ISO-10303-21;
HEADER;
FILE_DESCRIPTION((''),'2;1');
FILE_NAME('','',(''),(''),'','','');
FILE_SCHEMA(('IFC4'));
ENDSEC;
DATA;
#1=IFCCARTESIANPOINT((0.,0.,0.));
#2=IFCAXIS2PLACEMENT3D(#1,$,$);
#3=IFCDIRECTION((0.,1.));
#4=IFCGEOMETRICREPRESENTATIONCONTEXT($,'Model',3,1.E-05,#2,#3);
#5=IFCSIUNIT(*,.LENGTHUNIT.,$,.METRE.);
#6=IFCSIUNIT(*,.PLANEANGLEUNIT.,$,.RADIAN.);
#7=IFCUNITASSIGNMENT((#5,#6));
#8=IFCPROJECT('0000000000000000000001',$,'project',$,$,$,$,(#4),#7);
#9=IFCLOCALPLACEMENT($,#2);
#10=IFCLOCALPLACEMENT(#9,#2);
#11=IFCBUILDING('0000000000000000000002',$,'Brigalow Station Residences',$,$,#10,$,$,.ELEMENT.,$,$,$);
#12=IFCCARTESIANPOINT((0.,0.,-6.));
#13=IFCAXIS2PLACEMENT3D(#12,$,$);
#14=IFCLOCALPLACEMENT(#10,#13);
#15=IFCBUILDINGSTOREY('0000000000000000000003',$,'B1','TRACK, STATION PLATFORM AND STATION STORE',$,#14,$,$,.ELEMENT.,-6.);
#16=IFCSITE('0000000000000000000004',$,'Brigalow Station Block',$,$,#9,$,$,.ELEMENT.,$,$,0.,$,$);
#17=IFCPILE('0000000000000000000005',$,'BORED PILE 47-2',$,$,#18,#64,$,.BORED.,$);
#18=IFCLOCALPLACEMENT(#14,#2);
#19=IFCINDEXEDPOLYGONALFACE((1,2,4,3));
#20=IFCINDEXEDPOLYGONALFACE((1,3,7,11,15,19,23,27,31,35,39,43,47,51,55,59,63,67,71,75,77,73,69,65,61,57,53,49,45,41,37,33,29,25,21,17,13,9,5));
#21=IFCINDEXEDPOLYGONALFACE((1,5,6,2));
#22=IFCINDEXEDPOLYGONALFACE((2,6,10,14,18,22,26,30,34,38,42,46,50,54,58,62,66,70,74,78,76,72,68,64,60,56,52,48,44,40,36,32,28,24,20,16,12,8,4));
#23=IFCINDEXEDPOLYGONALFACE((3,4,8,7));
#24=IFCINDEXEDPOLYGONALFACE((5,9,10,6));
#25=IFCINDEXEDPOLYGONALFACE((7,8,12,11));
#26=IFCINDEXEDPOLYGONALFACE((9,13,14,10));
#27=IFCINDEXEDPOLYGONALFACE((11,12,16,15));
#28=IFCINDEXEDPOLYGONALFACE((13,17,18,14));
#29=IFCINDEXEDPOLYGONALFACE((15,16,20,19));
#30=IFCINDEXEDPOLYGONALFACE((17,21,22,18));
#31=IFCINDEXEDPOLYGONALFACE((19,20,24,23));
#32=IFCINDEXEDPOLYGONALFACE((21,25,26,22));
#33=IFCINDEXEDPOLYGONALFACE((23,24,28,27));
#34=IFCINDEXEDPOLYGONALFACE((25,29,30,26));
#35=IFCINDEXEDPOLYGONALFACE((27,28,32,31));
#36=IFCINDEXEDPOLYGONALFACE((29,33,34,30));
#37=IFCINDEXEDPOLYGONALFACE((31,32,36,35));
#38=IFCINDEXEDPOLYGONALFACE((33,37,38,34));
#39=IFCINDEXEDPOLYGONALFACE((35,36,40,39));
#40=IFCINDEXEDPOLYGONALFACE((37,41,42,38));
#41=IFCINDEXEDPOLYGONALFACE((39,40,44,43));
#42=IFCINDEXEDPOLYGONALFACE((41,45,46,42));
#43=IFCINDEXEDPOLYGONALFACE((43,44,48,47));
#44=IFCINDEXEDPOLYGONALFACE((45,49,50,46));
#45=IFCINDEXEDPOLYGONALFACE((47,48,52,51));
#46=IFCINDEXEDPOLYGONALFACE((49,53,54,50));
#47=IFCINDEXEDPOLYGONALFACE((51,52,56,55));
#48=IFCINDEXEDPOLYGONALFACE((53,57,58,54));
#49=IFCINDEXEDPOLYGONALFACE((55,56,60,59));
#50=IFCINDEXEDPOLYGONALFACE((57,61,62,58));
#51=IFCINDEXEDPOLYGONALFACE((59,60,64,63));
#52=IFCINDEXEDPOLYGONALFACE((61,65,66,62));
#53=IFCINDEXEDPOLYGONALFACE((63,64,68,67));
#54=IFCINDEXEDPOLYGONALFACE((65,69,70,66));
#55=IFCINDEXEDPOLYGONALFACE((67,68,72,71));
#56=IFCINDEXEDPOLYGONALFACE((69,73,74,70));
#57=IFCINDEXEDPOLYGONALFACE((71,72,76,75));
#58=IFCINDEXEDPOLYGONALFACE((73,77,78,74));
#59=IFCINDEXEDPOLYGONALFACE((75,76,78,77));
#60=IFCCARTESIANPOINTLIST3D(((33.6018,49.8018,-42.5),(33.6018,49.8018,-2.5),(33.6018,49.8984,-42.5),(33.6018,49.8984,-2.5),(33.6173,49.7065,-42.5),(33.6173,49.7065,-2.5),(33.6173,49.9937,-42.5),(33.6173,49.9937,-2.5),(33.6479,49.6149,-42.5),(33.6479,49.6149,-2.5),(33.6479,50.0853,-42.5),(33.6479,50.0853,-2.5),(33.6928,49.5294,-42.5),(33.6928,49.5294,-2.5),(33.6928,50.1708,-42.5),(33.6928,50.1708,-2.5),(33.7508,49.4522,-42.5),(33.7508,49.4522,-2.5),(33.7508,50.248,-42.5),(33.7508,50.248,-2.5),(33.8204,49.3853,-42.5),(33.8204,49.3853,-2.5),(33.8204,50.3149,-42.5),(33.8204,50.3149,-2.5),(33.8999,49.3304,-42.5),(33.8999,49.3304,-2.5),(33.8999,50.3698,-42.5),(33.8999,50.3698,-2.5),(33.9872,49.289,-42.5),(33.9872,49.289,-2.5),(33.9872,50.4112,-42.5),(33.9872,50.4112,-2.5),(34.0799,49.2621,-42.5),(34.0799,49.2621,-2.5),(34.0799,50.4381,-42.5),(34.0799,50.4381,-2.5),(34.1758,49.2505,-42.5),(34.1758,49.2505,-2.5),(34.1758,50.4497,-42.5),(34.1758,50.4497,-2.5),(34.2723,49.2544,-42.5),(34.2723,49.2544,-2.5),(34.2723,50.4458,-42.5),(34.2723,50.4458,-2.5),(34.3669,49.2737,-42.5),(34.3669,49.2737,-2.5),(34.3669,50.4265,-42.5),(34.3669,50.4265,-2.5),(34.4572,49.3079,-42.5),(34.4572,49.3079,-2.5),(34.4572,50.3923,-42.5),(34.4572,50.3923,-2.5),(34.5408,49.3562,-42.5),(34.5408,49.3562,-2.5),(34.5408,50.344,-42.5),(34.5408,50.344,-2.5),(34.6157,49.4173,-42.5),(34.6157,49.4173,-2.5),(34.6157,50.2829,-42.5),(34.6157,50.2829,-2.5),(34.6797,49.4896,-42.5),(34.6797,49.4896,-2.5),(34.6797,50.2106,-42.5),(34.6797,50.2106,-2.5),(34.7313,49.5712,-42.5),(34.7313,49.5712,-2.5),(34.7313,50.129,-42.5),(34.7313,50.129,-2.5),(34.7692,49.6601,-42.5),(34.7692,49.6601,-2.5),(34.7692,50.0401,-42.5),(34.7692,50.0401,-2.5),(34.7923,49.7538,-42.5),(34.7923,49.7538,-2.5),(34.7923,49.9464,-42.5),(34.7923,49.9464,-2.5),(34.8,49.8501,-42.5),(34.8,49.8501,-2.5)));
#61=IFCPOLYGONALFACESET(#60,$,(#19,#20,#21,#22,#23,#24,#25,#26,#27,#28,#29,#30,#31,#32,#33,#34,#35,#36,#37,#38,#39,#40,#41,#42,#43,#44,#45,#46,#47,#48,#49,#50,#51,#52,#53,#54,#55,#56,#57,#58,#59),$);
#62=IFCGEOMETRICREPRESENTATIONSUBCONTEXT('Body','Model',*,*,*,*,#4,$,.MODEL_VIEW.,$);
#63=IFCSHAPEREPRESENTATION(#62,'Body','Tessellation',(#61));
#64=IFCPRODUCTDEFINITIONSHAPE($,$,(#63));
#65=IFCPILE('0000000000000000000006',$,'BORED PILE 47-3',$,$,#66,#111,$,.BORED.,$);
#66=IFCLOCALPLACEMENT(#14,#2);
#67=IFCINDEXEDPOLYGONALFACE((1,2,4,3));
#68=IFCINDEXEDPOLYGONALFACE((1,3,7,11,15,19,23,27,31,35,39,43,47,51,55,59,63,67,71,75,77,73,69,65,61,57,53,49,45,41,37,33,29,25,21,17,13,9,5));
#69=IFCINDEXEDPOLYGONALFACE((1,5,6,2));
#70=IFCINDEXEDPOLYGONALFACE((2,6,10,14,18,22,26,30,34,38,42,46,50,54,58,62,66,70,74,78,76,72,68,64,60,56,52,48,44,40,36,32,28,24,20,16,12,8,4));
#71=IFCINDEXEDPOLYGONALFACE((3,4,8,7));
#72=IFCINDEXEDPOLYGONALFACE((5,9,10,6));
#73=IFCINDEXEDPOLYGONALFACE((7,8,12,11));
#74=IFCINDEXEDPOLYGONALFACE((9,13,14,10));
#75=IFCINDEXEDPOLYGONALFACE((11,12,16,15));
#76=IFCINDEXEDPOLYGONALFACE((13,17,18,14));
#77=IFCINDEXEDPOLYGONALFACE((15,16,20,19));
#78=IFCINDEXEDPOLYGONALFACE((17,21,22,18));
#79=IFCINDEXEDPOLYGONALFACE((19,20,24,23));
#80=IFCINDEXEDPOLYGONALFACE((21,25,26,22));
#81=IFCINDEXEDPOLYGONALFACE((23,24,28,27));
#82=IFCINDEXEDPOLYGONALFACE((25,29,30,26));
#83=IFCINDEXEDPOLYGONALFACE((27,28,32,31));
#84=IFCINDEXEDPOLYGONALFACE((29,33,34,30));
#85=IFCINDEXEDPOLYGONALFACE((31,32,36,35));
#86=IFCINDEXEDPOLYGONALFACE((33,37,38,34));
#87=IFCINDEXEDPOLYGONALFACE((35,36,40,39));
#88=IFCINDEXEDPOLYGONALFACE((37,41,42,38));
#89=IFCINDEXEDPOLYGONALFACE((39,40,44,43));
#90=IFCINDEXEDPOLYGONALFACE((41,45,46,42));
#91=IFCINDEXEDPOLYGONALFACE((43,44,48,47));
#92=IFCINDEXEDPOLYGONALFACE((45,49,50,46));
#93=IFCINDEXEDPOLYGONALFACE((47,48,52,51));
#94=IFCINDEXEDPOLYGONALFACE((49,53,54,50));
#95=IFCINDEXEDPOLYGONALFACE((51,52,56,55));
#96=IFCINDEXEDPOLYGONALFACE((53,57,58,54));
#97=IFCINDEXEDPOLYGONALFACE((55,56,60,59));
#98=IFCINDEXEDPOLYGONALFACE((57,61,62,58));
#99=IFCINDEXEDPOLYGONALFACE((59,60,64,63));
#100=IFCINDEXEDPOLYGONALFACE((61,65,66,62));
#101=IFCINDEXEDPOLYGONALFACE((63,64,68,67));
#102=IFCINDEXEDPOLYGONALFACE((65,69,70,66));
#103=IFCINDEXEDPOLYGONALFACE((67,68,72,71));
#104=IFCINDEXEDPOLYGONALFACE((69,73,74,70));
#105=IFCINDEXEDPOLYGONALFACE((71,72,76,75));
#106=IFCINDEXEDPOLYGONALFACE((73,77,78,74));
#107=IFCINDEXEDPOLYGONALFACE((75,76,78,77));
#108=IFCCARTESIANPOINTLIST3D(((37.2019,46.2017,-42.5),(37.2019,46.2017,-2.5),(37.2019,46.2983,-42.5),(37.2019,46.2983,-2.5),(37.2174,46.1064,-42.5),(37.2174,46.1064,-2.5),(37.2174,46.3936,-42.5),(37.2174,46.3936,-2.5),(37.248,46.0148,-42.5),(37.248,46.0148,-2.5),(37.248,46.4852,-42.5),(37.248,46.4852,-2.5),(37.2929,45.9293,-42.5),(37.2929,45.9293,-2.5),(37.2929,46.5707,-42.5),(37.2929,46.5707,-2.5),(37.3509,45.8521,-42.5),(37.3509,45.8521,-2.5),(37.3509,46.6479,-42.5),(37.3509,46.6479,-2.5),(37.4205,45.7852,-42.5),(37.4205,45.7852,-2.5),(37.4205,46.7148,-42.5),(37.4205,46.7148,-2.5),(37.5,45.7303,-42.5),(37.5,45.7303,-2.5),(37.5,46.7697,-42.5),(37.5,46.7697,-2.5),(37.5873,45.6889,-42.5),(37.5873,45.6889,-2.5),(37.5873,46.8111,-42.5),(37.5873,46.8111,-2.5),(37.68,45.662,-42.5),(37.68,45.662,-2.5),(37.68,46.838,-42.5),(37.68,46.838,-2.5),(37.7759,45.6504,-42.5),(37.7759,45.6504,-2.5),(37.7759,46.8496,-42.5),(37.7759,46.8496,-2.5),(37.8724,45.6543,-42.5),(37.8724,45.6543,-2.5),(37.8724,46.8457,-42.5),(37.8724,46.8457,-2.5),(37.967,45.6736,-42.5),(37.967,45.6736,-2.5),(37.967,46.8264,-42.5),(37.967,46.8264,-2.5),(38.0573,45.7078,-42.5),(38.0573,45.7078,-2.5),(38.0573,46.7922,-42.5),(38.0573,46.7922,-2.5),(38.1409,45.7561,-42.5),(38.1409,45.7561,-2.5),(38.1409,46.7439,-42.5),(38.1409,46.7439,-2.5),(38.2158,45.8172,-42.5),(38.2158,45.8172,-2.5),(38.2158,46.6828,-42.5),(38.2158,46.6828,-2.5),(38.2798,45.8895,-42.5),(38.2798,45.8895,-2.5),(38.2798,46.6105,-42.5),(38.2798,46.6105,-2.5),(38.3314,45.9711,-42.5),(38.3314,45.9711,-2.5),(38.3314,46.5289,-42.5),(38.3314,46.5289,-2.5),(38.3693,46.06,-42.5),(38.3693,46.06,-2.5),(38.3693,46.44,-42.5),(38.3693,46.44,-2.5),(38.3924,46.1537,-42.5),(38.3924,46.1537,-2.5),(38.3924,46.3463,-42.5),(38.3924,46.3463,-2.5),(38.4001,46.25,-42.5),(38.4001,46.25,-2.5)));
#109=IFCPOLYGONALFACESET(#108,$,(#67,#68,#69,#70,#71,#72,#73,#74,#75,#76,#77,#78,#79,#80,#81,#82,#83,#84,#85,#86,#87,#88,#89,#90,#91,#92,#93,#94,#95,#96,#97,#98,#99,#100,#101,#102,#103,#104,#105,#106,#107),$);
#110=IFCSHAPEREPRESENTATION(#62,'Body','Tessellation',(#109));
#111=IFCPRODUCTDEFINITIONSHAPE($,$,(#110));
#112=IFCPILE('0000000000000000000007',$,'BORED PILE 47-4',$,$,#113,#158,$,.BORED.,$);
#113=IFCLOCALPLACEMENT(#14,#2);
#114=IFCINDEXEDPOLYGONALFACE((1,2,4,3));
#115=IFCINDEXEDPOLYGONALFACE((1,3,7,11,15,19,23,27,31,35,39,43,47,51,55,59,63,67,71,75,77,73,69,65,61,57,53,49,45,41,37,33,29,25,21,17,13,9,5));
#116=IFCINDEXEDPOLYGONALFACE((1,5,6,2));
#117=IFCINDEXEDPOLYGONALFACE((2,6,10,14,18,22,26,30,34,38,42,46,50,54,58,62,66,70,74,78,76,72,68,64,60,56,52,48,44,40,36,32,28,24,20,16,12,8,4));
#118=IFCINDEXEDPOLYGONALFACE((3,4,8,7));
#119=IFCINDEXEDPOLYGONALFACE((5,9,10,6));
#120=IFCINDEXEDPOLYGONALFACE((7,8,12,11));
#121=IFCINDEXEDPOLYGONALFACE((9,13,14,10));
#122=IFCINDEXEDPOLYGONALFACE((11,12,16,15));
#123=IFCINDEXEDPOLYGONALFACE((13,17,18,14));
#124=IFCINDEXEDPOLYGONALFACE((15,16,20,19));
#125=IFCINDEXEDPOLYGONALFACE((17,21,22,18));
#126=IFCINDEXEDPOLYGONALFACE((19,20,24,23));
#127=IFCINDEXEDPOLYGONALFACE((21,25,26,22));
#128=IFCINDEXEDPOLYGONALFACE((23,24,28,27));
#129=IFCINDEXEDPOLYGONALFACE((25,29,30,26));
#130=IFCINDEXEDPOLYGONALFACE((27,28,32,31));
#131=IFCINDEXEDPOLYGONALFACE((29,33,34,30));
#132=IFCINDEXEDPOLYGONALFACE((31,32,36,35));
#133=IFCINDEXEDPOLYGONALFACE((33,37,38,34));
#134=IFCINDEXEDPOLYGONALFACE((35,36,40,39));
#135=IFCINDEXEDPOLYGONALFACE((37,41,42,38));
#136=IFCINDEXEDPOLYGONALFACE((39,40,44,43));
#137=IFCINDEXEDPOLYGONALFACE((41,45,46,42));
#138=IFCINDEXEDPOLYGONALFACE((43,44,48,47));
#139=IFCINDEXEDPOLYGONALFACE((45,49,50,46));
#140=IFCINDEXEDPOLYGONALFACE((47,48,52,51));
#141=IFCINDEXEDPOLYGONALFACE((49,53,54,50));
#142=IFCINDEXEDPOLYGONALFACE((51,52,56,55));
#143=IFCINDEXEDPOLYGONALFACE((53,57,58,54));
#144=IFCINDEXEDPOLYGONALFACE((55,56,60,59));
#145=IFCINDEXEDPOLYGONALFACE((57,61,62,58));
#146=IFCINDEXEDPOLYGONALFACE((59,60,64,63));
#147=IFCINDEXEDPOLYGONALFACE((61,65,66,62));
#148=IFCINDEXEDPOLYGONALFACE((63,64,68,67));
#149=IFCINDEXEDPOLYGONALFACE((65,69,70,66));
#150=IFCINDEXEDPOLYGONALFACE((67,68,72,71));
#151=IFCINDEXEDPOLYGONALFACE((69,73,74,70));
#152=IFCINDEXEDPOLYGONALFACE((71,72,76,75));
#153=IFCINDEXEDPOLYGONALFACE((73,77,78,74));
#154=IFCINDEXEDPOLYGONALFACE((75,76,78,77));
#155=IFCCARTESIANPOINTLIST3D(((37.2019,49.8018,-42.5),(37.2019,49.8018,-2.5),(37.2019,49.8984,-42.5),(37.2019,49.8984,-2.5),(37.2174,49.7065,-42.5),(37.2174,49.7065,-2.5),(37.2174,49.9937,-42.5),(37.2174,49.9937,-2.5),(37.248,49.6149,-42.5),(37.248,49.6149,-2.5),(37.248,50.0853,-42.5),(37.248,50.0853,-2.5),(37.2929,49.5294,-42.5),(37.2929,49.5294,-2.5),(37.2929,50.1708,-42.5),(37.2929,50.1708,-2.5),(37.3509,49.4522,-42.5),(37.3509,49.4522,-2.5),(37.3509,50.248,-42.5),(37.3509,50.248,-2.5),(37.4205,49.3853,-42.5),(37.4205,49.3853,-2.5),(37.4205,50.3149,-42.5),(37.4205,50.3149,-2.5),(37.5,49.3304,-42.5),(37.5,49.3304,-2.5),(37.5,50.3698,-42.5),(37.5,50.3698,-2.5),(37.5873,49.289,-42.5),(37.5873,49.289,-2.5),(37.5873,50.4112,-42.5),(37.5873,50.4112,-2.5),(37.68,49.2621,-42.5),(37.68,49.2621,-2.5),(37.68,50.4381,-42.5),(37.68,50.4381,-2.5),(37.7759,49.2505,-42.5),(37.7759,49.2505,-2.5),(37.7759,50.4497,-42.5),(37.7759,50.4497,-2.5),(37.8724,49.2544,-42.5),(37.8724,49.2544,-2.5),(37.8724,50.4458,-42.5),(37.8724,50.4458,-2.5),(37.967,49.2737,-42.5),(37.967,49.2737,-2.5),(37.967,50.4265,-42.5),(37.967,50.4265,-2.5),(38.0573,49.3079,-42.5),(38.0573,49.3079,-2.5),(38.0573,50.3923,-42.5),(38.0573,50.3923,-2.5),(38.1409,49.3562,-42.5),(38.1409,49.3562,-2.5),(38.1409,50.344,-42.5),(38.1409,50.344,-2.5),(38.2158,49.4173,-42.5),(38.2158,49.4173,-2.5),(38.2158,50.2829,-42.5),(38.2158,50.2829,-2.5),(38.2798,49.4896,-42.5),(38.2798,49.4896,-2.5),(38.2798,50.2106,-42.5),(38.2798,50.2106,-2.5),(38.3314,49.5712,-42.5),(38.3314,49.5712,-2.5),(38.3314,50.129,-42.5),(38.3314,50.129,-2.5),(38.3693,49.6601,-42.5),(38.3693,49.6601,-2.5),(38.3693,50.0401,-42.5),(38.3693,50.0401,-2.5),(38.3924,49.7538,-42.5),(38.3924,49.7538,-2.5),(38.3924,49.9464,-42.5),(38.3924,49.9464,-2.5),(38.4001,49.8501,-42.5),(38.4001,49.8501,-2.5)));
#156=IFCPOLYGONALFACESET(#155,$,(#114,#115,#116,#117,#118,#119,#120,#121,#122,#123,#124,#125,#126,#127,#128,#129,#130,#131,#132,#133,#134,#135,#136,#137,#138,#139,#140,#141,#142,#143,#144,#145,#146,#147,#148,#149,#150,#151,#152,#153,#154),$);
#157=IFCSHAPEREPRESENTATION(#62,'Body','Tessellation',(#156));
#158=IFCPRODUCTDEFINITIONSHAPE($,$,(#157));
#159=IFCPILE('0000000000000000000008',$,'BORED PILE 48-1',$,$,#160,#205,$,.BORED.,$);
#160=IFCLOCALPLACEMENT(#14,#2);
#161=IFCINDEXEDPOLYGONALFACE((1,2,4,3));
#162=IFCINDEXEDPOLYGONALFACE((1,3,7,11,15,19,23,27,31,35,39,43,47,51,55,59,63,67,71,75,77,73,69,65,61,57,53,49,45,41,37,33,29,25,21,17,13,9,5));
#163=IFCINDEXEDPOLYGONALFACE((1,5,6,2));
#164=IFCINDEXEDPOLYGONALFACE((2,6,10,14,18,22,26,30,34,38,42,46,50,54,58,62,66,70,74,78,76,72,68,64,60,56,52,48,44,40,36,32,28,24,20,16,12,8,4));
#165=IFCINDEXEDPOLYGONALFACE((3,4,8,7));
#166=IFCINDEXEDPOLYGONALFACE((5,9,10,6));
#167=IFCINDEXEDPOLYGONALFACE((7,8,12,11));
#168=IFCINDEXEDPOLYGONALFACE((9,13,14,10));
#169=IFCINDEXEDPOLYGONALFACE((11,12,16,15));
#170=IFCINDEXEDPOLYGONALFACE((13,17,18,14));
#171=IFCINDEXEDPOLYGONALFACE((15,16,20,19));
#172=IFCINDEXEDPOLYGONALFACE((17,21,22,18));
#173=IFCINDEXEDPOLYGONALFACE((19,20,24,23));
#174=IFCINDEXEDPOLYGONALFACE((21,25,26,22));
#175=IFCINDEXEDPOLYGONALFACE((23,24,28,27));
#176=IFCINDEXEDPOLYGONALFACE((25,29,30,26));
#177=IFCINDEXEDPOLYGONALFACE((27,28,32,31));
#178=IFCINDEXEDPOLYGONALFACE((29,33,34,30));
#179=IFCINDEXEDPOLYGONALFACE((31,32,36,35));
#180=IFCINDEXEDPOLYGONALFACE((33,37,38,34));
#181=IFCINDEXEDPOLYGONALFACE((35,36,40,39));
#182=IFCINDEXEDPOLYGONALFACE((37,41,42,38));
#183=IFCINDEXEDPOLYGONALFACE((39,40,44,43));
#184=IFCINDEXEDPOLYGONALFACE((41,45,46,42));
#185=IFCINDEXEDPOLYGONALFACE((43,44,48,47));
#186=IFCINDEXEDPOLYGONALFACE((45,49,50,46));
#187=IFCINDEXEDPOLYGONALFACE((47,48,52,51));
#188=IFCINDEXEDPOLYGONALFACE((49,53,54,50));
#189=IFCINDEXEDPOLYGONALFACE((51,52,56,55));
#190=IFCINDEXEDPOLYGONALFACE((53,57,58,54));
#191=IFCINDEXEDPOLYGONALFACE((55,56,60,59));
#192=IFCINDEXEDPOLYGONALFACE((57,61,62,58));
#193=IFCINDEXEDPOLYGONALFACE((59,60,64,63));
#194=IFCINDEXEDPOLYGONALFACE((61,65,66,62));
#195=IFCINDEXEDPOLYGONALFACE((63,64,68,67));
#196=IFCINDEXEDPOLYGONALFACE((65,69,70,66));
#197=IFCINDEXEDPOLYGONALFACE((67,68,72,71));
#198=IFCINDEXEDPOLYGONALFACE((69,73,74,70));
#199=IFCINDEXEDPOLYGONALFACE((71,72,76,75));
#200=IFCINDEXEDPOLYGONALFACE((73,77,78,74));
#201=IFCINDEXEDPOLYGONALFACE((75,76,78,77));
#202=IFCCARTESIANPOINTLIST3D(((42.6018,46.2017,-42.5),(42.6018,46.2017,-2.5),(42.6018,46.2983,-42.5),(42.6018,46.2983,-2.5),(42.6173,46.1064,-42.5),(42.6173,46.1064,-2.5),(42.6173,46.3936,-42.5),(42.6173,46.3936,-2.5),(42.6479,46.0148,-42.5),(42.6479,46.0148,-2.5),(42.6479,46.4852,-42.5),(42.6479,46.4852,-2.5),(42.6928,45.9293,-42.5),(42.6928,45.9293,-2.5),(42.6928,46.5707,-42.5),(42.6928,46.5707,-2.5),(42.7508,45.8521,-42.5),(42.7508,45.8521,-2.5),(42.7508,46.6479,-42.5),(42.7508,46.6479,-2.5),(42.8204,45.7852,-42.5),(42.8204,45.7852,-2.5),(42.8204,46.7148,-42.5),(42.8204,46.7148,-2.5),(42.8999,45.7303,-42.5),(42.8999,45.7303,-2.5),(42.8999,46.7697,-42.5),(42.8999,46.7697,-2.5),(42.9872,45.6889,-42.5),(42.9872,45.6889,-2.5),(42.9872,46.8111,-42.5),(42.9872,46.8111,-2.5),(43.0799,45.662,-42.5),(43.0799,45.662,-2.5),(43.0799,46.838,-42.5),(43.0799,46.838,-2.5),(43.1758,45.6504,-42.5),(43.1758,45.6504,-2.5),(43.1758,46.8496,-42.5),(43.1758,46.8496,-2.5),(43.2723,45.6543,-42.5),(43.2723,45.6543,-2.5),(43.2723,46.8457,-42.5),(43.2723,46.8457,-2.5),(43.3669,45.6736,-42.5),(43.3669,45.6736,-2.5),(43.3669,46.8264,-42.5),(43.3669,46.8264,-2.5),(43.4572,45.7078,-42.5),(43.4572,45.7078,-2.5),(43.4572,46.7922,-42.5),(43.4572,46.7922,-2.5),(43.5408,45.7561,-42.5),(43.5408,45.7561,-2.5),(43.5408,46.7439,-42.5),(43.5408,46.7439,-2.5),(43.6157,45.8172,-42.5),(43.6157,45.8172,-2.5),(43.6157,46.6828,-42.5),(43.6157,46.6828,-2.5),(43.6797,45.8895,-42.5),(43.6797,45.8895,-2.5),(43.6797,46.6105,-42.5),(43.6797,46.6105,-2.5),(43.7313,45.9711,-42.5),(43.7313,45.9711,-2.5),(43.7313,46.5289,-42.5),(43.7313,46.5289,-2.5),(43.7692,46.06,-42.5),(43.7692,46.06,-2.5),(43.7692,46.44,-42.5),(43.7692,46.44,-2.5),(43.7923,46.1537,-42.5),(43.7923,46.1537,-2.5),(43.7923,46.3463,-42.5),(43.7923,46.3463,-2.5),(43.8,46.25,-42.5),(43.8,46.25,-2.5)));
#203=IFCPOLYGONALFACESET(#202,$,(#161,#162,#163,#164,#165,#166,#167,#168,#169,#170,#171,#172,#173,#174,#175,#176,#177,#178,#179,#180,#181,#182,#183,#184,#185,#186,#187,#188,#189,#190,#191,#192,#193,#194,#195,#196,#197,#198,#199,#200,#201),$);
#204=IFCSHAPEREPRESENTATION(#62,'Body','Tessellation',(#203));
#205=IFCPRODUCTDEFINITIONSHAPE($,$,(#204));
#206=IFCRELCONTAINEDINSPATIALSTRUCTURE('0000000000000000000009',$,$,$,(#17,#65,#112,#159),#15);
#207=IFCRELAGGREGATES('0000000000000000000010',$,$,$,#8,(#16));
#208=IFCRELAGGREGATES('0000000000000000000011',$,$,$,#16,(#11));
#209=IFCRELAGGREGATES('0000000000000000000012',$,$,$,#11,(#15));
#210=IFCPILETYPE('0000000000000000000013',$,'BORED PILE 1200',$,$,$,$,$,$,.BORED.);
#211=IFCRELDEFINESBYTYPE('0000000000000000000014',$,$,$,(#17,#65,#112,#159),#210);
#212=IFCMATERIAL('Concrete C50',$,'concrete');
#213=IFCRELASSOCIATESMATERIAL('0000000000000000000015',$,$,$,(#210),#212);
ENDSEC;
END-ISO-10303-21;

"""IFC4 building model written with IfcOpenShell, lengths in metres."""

from ifc_helpers import new_model, si_unit, direction, frame, origin, origin_2d, place, context, subcontext, project, spatial, circle, extrude, material, material_profile, profile_set, type_object, element, save


model = new_model("IFC4")

# Units and contexts
model_context = context("Model", 3, precision=1e-05, world=origin(), true_north=direction((0.0, 1.0)))
body_context = subcontext(model_context, "Body", "Model", "MODEL_VIEW")
ifc_project = project(units=[si_unit("LENGTHUNIT", "METRE"), si_unit("PLANEANGLEUNIT", "RADIAN")], contexts=[model_context])

# Site, building, storey
site_placement = place(None, origin())
site = spatial("IfcSite", under=ifc_project, at=site_placement, Name="Brigalow Station Block", CompositionType="ELEMENT", RefElevation=0.0)
building_placement = place(site_placement, origin())
building = spatial("IfcBuilding", under=site, at=building_placement, Name="Brigalow Station Residences", CompositionType="ELEMENT")
storey_placement = place(building_placement, frame((0.0, 0.0, -6.0)))
storey = spatial("IfcBuildingStorey", under=building, at=storey_placement, Name="B1", Description="TRACK, STATION PLATFORM AND STATION STORE", CompositionType="ELEMENT", Elevation=-6.0)

# Piles
ifc_material_1 = material(Name="Concrete C50", Category="concrete")
ifc_material_profile_1 = material_profile(ifc_material_1, circle(Radius=0.6001, at=origin_2d()), Name="BP1200")
ifc_profile_set_1 = profile_set([ifc_material_profile_1], Name="Concrete C50")
pile_type_1 = type_object("IfcPileType", Name="BORED PILE 1200", PredefinedType="BORED", material=ifc_profile_set_1)
for number, where, z_axis, x_axis, name in (
    (1, (34.2, 49.8501, -2.5), (0.0, 0.0, -1.0), (1.0, 0.0, 0.0), "BORED PILE 47-2"),
    (2, (37.8, 46.25, -2.5), (0.0, 0.0, -1.0), (1.0, 0.0, 0.0), "BORED PILE 47-3"),
    (3, (37.8, 49.8501, -2.5), (0.0, 0.0, -1.0), (1.0, 0.0, 0.0), "BORED PILE 47-4"),
    (4, (43.2, 46.25, -2.5), (0.0, 0.0, -1.0), (1.0, 0.0, 0.0), "BORED PILE 48-1"),
):
    element("IfcPile", number, at=place(storey_placement, frame(where, z_axis=z_axis, x_axis=x_axis)), inside=storey, type_object=pile_type_1, Name=name, PredefinedType="BORED", context=body_context, shape_type="SweptSolid", body=[
        extrude(circle(Radius=0.6001, at=origin_2d()), origin(), (0.0, 0.0, 1.0), 40.0),
    ])

save(model, "model.ifc")
